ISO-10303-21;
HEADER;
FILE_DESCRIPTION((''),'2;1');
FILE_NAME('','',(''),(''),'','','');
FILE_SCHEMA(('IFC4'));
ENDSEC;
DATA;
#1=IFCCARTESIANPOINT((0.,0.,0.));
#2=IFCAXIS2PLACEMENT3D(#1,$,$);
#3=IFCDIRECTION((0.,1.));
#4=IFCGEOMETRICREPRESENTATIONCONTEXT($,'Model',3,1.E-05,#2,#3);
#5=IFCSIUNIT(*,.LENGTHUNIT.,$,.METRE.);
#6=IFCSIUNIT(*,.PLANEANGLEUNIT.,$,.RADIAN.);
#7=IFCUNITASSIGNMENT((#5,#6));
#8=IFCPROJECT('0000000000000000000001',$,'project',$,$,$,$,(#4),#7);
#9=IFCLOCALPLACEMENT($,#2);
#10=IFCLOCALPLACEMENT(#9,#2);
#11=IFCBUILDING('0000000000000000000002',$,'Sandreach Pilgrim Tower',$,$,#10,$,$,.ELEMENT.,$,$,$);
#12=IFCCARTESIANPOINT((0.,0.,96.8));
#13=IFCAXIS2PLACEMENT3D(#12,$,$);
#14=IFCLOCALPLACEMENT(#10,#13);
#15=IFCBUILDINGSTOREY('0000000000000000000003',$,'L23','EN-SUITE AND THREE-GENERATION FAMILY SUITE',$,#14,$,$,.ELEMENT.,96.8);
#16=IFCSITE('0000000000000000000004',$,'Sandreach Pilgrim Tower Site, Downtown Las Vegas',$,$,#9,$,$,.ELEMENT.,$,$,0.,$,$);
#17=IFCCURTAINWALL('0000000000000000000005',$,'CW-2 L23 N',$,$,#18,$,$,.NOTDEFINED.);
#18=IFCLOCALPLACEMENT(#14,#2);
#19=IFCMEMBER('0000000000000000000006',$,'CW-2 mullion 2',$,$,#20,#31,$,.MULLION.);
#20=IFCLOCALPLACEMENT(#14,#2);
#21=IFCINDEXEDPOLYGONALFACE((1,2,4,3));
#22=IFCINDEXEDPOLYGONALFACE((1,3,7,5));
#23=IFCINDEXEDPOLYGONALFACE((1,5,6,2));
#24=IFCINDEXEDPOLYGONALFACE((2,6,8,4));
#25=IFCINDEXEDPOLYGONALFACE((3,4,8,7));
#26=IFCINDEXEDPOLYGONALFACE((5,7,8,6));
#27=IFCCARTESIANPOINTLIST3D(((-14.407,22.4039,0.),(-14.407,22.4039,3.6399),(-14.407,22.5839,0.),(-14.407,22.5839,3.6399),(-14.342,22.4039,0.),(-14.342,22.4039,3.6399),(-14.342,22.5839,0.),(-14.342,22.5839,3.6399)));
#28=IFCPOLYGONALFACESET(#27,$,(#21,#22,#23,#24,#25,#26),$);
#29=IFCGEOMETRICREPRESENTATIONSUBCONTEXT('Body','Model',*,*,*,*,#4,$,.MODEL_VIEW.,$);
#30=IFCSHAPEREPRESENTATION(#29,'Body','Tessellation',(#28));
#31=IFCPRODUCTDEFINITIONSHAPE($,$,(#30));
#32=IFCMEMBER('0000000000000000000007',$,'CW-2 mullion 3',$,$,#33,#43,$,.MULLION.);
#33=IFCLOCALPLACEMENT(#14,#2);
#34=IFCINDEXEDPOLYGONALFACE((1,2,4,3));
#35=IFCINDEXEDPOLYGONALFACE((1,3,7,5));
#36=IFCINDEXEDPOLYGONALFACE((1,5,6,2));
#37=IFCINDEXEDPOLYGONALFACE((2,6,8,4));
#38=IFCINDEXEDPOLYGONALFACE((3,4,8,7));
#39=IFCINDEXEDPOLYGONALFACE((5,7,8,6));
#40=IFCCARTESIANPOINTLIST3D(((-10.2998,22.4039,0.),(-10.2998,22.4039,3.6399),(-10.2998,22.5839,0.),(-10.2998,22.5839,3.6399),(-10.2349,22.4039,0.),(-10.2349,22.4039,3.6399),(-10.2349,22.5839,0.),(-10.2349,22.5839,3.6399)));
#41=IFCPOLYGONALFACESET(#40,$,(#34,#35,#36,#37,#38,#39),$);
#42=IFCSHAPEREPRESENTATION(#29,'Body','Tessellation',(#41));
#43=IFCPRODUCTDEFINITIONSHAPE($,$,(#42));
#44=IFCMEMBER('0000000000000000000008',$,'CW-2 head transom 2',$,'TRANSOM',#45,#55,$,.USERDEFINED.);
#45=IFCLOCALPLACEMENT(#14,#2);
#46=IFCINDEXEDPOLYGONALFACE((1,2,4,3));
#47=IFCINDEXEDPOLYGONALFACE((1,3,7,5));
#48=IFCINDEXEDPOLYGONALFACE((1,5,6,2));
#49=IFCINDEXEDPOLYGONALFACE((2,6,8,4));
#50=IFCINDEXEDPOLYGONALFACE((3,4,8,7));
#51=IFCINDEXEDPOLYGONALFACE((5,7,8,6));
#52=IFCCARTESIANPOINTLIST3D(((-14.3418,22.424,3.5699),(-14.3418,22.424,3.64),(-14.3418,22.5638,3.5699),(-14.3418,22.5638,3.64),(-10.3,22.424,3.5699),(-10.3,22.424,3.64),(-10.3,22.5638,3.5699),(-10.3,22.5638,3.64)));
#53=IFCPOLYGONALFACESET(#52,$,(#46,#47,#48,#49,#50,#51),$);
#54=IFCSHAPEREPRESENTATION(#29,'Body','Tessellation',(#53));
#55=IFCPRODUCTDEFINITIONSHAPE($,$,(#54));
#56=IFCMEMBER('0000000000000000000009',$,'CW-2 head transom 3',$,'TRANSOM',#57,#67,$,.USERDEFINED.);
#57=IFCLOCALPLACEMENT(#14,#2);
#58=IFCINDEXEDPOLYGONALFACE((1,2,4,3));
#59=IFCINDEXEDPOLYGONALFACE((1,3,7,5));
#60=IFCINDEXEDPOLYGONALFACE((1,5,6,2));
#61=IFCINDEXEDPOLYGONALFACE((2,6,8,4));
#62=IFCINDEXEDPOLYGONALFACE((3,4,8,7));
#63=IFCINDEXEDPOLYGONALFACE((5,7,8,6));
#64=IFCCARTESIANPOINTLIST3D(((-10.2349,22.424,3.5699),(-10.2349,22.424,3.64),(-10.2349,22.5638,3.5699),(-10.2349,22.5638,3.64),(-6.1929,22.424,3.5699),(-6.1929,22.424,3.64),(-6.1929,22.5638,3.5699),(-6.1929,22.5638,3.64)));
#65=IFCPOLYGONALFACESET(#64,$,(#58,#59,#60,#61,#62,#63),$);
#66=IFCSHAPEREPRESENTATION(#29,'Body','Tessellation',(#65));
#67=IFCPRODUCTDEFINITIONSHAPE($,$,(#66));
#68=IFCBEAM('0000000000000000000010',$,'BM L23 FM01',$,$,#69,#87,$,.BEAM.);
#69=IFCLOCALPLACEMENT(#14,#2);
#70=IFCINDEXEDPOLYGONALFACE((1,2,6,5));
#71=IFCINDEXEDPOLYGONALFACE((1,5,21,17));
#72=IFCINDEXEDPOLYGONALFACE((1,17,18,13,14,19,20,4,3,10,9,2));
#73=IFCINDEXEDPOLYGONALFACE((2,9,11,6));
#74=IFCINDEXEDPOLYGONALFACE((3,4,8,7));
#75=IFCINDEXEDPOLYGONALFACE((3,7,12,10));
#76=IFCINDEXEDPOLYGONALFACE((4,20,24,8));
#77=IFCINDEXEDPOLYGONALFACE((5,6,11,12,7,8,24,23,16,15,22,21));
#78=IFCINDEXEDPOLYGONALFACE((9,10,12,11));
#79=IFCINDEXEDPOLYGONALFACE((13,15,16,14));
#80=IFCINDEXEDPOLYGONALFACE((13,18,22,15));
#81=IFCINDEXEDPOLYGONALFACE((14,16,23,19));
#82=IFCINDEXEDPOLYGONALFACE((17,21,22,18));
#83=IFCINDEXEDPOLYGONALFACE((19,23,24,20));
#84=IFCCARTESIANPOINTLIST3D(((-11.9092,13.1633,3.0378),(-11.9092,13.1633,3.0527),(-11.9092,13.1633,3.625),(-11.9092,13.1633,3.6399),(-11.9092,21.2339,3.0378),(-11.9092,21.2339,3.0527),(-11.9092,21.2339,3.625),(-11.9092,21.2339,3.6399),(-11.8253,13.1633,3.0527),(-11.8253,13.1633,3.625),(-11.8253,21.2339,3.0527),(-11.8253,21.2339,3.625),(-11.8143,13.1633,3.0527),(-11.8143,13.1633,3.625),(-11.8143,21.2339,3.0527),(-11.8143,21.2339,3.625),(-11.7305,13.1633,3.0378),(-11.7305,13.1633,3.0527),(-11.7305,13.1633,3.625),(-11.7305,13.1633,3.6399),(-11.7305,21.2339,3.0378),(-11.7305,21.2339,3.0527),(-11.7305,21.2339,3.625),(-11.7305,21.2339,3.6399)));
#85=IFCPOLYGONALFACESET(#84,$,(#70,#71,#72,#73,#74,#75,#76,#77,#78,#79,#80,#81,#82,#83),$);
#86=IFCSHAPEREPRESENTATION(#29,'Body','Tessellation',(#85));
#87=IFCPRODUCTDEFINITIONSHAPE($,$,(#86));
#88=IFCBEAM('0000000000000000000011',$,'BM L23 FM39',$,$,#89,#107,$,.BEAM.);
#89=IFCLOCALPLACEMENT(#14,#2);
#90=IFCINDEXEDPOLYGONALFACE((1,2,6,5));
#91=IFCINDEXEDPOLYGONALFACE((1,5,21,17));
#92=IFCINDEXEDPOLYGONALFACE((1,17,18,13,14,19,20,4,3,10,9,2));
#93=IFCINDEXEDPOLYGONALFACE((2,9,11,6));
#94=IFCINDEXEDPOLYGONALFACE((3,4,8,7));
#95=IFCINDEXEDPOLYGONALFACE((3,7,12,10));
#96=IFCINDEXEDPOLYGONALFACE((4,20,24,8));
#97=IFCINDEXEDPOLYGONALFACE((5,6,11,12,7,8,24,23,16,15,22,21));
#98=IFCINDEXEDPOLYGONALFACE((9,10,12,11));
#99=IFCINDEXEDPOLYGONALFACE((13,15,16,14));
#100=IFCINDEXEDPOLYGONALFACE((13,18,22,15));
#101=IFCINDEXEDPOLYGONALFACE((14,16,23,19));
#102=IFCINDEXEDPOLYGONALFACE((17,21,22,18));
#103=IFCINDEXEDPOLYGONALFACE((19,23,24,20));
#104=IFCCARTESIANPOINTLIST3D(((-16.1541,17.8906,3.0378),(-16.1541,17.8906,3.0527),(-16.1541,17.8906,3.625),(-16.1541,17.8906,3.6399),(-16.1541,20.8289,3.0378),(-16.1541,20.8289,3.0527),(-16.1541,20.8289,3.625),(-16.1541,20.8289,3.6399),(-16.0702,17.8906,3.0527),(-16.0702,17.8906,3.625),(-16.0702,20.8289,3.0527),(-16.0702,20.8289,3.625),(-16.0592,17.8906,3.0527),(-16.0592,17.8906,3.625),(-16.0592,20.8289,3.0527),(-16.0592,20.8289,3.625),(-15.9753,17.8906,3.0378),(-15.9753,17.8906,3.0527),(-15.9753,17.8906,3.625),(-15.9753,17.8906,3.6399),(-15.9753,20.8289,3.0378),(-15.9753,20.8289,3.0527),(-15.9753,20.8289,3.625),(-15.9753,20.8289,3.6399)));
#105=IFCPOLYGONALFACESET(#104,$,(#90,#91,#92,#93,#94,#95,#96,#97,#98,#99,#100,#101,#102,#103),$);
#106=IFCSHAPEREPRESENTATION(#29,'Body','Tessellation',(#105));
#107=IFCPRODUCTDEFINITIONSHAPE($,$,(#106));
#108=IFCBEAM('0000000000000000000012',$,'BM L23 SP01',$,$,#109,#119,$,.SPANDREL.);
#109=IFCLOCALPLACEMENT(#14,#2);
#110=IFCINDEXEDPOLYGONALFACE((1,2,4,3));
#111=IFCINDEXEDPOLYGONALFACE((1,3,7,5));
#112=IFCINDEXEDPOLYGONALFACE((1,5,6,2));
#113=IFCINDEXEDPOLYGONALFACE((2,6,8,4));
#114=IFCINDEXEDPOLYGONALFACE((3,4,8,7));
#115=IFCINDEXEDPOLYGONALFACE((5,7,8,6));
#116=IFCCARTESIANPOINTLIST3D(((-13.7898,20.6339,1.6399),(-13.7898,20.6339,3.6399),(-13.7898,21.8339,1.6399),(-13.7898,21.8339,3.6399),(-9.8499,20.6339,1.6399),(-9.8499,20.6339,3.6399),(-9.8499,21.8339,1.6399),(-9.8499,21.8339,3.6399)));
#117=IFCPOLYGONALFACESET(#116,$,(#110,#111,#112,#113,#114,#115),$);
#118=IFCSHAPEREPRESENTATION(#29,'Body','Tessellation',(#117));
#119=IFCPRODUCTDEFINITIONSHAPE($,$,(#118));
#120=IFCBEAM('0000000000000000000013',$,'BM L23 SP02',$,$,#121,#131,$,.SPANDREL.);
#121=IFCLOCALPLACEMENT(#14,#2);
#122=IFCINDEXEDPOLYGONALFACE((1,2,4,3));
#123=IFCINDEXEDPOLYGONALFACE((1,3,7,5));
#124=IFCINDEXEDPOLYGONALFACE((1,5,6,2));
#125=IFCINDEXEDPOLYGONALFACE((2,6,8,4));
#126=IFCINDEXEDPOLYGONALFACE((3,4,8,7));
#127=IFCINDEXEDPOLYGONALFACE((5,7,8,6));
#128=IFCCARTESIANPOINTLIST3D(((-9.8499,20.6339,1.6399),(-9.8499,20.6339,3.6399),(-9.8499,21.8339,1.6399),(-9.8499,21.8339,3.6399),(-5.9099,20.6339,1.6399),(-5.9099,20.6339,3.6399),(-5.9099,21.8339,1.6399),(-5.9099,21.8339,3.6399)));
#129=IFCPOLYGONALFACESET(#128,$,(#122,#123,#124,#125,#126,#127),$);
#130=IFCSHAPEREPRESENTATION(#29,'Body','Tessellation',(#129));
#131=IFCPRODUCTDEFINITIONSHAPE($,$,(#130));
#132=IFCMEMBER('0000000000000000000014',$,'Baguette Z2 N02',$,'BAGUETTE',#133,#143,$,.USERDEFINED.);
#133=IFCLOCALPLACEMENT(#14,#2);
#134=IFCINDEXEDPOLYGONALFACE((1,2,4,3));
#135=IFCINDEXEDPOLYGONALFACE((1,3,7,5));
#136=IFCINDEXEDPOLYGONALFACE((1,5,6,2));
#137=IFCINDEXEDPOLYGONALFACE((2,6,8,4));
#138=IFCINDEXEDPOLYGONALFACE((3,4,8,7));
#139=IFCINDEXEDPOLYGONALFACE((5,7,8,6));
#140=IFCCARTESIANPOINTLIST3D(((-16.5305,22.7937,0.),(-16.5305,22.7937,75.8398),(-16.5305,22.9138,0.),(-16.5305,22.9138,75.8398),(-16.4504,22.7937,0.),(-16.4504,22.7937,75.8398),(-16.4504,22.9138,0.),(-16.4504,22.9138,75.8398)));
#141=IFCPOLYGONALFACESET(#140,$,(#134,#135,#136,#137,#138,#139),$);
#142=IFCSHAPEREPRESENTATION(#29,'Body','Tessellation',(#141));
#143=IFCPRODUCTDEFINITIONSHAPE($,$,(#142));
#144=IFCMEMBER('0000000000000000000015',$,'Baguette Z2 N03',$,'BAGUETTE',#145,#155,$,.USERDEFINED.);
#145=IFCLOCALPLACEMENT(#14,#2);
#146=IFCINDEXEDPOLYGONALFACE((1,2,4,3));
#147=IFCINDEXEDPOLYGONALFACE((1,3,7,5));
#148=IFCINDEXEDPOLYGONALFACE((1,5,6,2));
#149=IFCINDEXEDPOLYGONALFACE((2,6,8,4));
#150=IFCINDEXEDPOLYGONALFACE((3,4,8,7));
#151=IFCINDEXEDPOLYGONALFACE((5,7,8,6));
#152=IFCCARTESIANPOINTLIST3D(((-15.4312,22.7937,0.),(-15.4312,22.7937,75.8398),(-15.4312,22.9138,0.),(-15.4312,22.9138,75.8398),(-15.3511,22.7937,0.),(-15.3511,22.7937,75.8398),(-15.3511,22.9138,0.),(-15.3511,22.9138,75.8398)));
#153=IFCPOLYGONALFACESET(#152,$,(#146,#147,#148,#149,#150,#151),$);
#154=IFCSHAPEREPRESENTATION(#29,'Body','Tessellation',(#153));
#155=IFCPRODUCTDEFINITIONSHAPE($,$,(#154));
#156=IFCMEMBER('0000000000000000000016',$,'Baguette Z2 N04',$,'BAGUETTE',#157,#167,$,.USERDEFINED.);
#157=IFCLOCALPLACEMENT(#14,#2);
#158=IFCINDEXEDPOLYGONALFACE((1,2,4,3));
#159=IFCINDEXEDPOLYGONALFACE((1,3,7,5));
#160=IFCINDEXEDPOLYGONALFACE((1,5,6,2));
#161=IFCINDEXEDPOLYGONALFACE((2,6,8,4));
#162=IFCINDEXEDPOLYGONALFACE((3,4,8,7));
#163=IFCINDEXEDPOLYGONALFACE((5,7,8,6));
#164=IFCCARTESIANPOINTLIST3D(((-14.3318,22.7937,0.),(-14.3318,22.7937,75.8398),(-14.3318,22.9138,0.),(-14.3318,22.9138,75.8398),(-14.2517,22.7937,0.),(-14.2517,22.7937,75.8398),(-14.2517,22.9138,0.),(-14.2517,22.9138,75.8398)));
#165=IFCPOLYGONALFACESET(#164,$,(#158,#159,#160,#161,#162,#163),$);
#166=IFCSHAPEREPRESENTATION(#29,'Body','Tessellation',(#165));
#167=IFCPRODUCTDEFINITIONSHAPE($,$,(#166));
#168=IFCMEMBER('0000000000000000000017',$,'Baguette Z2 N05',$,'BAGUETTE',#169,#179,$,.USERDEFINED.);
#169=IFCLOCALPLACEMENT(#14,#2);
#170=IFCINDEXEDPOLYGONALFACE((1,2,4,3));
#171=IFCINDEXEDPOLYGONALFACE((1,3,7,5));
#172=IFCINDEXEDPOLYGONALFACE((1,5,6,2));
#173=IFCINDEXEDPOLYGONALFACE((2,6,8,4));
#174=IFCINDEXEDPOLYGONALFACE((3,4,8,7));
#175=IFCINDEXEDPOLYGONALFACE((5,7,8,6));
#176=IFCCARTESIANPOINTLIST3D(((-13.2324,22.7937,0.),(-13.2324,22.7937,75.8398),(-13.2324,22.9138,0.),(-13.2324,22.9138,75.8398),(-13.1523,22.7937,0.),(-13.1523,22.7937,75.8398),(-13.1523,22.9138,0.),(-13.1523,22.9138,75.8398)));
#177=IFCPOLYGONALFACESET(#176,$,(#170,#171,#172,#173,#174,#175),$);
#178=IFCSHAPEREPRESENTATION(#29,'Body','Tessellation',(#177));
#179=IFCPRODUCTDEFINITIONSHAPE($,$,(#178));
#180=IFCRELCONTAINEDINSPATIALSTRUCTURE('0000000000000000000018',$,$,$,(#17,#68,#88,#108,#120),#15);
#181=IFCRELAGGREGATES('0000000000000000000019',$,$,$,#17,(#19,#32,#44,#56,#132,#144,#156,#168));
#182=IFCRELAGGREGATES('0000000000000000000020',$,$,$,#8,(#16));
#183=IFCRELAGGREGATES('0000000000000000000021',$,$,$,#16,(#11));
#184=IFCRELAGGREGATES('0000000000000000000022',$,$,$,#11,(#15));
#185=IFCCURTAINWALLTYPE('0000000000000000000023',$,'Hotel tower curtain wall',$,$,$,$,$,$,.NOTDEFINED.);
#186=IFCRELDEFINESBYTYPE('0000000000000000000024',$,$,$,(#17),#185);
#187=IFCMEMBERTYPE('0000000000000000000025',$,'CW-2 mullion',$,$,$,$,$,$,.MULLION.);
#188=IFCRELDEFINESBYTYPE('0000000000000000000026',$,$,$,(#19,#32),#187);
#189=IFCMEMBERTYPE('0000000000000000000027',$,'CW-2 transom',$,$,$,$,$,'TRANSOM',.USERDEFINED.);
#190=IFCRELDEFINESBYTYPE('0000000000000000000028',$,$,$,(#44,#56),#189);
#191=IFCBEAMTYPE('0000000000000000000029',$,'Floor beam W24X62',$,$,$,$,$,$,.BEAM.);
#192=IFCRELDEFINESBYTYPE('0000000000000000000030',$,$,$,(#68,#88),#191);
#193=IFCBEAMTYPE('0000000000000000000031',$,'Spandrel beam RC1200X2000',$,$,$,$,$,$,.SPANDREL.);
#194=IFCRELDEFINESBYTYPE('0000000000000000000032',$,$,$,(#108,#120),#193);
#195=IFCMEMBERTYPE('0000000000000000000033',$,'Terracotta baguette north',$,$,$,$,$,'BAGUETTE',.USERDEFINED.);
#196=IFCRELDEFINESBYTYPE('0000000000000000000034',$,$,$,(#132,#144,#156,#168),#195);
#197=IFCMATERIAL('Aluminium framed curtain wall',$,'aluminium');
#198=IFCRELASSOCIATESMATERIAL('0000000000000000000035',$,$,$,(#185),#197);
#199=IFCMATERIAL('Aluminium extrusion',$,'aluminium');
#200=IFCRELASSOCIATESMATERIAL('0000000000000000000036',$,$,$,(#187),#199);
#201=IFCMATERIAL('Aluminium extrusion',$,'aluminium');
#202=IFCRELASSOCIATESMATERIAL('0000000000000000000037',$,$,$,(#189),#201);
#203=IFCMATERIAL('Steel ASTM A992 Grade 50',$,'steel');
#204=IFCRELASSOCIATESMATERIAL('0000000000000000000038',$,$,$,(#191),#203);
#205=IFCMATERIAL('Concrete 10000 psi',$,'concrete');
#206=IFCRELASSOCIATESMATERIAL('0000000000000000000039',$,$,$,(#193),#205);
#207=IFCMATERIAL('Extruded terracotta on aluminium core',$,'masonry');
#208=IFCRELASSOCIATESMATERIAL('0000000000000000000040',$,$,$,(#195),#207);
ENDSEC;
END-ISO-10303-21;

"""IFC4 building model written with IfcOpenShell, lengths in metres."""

from ifc_helpers import new_model, si_unit, direction, frame, origin, origin_2d, place, context, subcontext, project, spatial, rectangle, i_section, extrude, material, material_profile, profile_set, type_object, element, aggregate, save


model = new_model("IFC4")

# Units and contexts
model_context = context("Model", 3, precision=1e-05, world=origin(), true_north=direction((0.0, 1.0)))
body_context = subcontext(model_context, "Body", "Model", "MODEL_VIEW")
ifc_project = project(units=[si_unit("LENGTHUNIT", "METRE"), si_unit("PLANEANGLEUNIT", "RADIAN")], contexts=[model_context])

# Site, building, storey
site_placement = place(None, origin())
site = spatial("IfcSite", under=ifc_project, at=site_placement, Name="Sandreach Pilgrim Tower Site, Downtown Las Vegas", CompositionType="ELEMENT", RefElevation=0.0)
building_placement = place(site_placement, origin())
building = spatial("IfcBuilding", under=site, at=building_placement, Name="Sandreach Pilgrim Tower", CompositionType="ELEMENT")
storey_placement = place(building_placement, frame((0.0, 0.0, 96.8)))
storey = spatial("IfcBuildingStorey", under=building, at=storey_placement, Name="L23", Description="EN-SUITE AND THREE-GENERATION FAMILY SUITE", CompositionType="ELEMENT", Elevation=96.8)

# Curtain wall, members
ifc_material_1 = material(Name="Aluminium framed curtain wall", Category="aluminium")
curtain_wall_type = type_object("IfcCurtainWallType", Name="Hotel tower curtain wall", PredefinedType="NOTDEFINED", material=ifc_material_1)
curtain_wall_placement = place(storey_placement, origin())
curtain_wall = element("IfcCurtainWall", 1, at=curtain_wall_placement, inside=storey, type_object=curtain_wall_type, Name="CW-2 L23 N", PredefinedType="NOTDEFINED")
ifc_material_2 = material(Name="Aluminium extrusion", Category="aluminium")
ifc_material_profile_1 = material_profile(ifc_material_2, rectangle(XDim=0.0649, YDim=0.1799, at=origin_2d()), Name="CW-2M 65X180")
ifc_profile_set_1 = profile_set([ifc_material_profile_1], Name="Aluminium extrusion")
member_type_1 = type_object("IfcMemberType", Name="CW-2 mullion", PredefinedType="MULLION", material=ifc_profile_set_1)
member_1_placement = place(storey_placement, frame((-14.3745, 22.4939, 0.0), z_axis=(0.0, 0.0, 1.0), x_axis=(1.0, 0.0, 0.0)))
member_1 = element("IfcMember", 2, at=member_1_placement, type_object=member_type_1, Name="CW-2 mullion 2", PredefinedType="MULLION", context=body_context, shape_type="SweptSolid", body=[
    extrude(rectangle(XDim=0.0649, YDim=0.1799, at=origin_2d()), origin(), (0.0, 0.0, 1.0), 3.6399),
])
member_2_placement = place(storey_placement, frame((-10.2673, 22.4939, 0.0), z_axis=(0.0, 0.0, 1.0), x_axis=(1.0, 0.0, 0.0)))
member_2 = element("IfcMember", 3, at=member_2_placement, type_object=member_type_1, Name="CW-2 mullion 3", PredefinedType="MULLION", context=body_context, shape_type="SweptSolid", body=[
    extrude(rectangle(XDim=0.0649, YDim=0.1799, at=origin_2d()), origin(), (0.0, 0.0, 1.0), 3.6399),
])
ifc_material_3 = material(Name="Aluminium extrusion", Category="aluminium")
ifc_material_profile_2 = material_profile(ifc_material_3, rectangle(XDim=0.1399, YDim=0.0701, at=origin_2d()), Name="CW-2T 140X70")
ifc_profile_set_2 = profile_set([ifc_material_profile_2], Name="Aluminium extrusion")
member_type_2 = type_object("IfcMemberType", Name="CW-2 transom", ElementType="TRANSOM", PredefinedType="USERDEFINED", material=ifc_profile_set_2)
member_3_placement = place(storey_placement, frame((-14.3418, 22.4939, 3.605), z_axis=(1.0, 0.0, 0.0), x_axis=(0.0, 1.0, 0.0)))
member_3 = element("IfcMember", 4, at=member_3_placement, type_object=member_type_2, Name="CW-2 head transom 2", ObjectType="TRANSOM", PredefinedType="USERDEFINED", context=body_context, shape_type="SweptSolid", body=[
    extrude(rectangle(XDim=0.1399, YDim=0.0701, at=origin_2d()), origin(), (0.0, 0.0, 1.0), 4.0417),
])
member_4_placement = place(storey_placement, frame((-10.2349, 22.4939, 3.605), z_axis=(1.0, 0.0, 0.0), x_axis=(0.0, 1.0, 0.0)))
member_4 = element("IfcMember", 5, at=member_4_placement, type_object=member_type_2, Name="CW-2 head transom 3", ObjectType="TRANSOM", PredefinedType="USERDEFINED", context=body_context, shape_type="SweptSolid", body=[
    extrude(rectangle(XDim=0.1399, YDim=0.0701, at=origin_2d()), origin(), (0.0, 0.0, 1.0), 4.042),
])

# Beams
ifc_material_4 = material(Name="Steel ASTM A992 Grade 50", Category="steel")
ifc_material_profile_3 = material_profile(ifc_material_4, i_section(OverallWidth=0.1787, OverallDepth=0.6021, WebThickness=0.011, FlangeThickness=0.0149, at=origin_2d()), Name="W24X62")
ifc_profile_set_3 = profile_set([ifc_material_profile_3], Name="Steel ASTM A992 Grade 50")
beam_type_1 = type_object("IfcBeamType", Name="Floor beam W24X62", PredefinedType="BEAM", material=ifc_profile_set_3)
beam_1_placement = place(storey_placement, frame((-11.8198, 21.2339, 3.3389), z_axis=(0.0, -1.0, 0.0), x_axis=(1.0, 0.0, 0.0)))
element("IfcBeam", 6, at=beam_1_placement, inside=storey, type_object=beam_type_1, Name="BM L23 FM01", PredefinedType="BEAM", context=body_context, shape_type="SweptSolid", body=[
    extrude(i_section(OverallWidth=0.1787, OverallDepth=0.6021, WebThickness=0.011, FlangeThickness=0.0149, at=origin_2d()), origin(), (0.0, 0.0, 1.0), 8.0706),
])
beam_2_placement = place(storey_placement, frame((-16.0647, 20.8289, 3.3389), z_axis=(0.0, -1.0, 0.0), x_axis=(1.0, 0.0, 0.0)))
element("IfcBeam", 7, at=beam_2_placement, inside=storey, type_object=beam_type_1, Name="BM L23 FM39", PredefinedType="BEAM", context=body_context, shape_type="SweptSolid", body=[
    extrude(i_section(OverallWidth=0.1787, OverallDepth=0.6021, WebThickness=0.011, FlangeThickness=0.0149, at=origin_2d()), origin(), (0.0, 0.0, 1.0), 2.9382),
])
ifc_material_5 = material(Name="Concrete 10000 psi", Category="concrete")
ifc_material_profile_4 = material_profile(ifc_material_5, rectangle(XDim=1.2, YDim=2.0, at=origin_2d()), Name="RC1200X2000")
ifc_profile_set_4 = profile_set([ifc_material_profile_4], Name="Concrete 10000 psi")
beam_type_2 = type_object("IfcBeamType", Name="Spandrel beam RC1200X2000", PredefinedType="SPANDREL", material=ifc_profile_set_4)
for number, where, z_axis, x_axis, name in (
    (8, (-13.7898, 21.2339, 2.6399), (1.0, 0.0, 0.0), (0.0, 1.0, 0.0), "BM L23 SP01"),
    (9, (-9.8499, 21.2339, 2.6399), (1.0, 0.0, 0.0), (0.0, 1.0, 0.0), "BM L23 SP02"),
):
    element("IfcBeam", number, at=place(storey_placement, frame(where, z_axis=z_axis, x_axis=x_axis)), inside=storey, type_object=beam_type_2, Name=name, PredefinedType="SPANDREL", context=body_context, shape_type="SweptSolid", body=[
        extrude(rectangle(XDim=1.2, YDim=2.0, at=origin_2d()), origin(), (0.0, 0.0, 1.0), 3.9399),
    ])

# Members
ifc_material_6 = material(Name="Extruded terracotta on aluminium core", Category="masonry")
ifc_material_profile_5 = material_profile(ifc_material_6, rectangle(XDim=0.0801, YDim=0.1201, at=origin_2d()), Name="TBN 80X120")
ifc_profile_set_5 = profile_set([ifc_material_profile_5], Name="Extruded terracotta on aluminium core")
member_type_3 = type_object("IfcMemberType", Name="Terracotta baguette north", ElementType="BAGUETTE", PredefinedType="USERDEFINED", material=ifc_profile_set_5)
member_5_placement = place(storey_placement, frame((-16.4905, 22.8538, 0.0), z_axis=(0.0, 0.0, 1.0), x_axis=(1.0, 0.0, 0.0)))
member_5 = element("IfcMember", 10, at=member_5_placement, type_object=member_type_3, Name="Baguette Z2 N02", ObjectType="BAGUETTE", PredefinedType="USERDEFINED", context=body_context, shape_type="SweptSolid", body=[
    extrude(rectangle(XDim=0.0801, YDim=0.1201, at=origin_2d()), origin(), (0.0, 0.0, 1.0), 75.8398),
])
member_6_placement = place(storey_placement, frame((-15.3911, 22.8538, 0.0), z_axis=(0.0, 0.0, 1.0), x_axis=(1.0, 0.0, 0.0)))
member_6 = element("IfcMember", 11, at=member_6_placement, type_object=member_type_3, Name="Baguette Z2 N03", ObjectType="BAGUETTE", PredefinedType="USERDEFINED", context=body_context, shape_type="SweptSolid", body=[
    extrude(rectangle(XDim=0.0801, YDim=0.1201, at=origin_2d()), origin(), (0.0, 0.0, 1.0), 75.8398),
])
member_7_placement = place(storey_placement, frame((-14.2917, 22.8538, 0.0), z_axis=(0.0, 0.0, 1.0), x_axis=(1.0, 0.0, 0.0)))
member_7 = element("IfcMember", 12, at=member_7_placement, type_object=member_type_3, Name="Baguette Z2 N04", ObjectType="BAGUETTE", PredefinedType="USERDEFINED", context=body_context, shape_type="SweptSolid", body=[
    extrude(rectangle(XDim=0.0801, YDim=0.1201, at=origin_2d()), origin(), (0.0, 0.0, 1.0), 75.8398),
])
member_8_placement = place(storey_placement, frame((-13.1924, 22.8538, 0.0), z_axis=(0.0, 0.0, 1.0), x_axis=(1.0, 0.0, 0.0)))
member_8 = element("IfcMember", 13, at=member_8_placement, type_object=member_type_3, Name="Baguette Z2 N05", ObjectType="BAGUETTE", PredefinedType="USERDEFINED", context=body_context, shape_type="SweptSolid", body=[
    extrude(rectangle(XDim=0.0801, YDim=0.1201, at=origin_2d()), origin(), (0.0, 0.0, 1.0), 75.8398),
])

aggregate(curtain_wall, [member_1, member_2, member_3, member_4, member_5, member_6, member_7, member_8])

save(model, "model.ifc")
